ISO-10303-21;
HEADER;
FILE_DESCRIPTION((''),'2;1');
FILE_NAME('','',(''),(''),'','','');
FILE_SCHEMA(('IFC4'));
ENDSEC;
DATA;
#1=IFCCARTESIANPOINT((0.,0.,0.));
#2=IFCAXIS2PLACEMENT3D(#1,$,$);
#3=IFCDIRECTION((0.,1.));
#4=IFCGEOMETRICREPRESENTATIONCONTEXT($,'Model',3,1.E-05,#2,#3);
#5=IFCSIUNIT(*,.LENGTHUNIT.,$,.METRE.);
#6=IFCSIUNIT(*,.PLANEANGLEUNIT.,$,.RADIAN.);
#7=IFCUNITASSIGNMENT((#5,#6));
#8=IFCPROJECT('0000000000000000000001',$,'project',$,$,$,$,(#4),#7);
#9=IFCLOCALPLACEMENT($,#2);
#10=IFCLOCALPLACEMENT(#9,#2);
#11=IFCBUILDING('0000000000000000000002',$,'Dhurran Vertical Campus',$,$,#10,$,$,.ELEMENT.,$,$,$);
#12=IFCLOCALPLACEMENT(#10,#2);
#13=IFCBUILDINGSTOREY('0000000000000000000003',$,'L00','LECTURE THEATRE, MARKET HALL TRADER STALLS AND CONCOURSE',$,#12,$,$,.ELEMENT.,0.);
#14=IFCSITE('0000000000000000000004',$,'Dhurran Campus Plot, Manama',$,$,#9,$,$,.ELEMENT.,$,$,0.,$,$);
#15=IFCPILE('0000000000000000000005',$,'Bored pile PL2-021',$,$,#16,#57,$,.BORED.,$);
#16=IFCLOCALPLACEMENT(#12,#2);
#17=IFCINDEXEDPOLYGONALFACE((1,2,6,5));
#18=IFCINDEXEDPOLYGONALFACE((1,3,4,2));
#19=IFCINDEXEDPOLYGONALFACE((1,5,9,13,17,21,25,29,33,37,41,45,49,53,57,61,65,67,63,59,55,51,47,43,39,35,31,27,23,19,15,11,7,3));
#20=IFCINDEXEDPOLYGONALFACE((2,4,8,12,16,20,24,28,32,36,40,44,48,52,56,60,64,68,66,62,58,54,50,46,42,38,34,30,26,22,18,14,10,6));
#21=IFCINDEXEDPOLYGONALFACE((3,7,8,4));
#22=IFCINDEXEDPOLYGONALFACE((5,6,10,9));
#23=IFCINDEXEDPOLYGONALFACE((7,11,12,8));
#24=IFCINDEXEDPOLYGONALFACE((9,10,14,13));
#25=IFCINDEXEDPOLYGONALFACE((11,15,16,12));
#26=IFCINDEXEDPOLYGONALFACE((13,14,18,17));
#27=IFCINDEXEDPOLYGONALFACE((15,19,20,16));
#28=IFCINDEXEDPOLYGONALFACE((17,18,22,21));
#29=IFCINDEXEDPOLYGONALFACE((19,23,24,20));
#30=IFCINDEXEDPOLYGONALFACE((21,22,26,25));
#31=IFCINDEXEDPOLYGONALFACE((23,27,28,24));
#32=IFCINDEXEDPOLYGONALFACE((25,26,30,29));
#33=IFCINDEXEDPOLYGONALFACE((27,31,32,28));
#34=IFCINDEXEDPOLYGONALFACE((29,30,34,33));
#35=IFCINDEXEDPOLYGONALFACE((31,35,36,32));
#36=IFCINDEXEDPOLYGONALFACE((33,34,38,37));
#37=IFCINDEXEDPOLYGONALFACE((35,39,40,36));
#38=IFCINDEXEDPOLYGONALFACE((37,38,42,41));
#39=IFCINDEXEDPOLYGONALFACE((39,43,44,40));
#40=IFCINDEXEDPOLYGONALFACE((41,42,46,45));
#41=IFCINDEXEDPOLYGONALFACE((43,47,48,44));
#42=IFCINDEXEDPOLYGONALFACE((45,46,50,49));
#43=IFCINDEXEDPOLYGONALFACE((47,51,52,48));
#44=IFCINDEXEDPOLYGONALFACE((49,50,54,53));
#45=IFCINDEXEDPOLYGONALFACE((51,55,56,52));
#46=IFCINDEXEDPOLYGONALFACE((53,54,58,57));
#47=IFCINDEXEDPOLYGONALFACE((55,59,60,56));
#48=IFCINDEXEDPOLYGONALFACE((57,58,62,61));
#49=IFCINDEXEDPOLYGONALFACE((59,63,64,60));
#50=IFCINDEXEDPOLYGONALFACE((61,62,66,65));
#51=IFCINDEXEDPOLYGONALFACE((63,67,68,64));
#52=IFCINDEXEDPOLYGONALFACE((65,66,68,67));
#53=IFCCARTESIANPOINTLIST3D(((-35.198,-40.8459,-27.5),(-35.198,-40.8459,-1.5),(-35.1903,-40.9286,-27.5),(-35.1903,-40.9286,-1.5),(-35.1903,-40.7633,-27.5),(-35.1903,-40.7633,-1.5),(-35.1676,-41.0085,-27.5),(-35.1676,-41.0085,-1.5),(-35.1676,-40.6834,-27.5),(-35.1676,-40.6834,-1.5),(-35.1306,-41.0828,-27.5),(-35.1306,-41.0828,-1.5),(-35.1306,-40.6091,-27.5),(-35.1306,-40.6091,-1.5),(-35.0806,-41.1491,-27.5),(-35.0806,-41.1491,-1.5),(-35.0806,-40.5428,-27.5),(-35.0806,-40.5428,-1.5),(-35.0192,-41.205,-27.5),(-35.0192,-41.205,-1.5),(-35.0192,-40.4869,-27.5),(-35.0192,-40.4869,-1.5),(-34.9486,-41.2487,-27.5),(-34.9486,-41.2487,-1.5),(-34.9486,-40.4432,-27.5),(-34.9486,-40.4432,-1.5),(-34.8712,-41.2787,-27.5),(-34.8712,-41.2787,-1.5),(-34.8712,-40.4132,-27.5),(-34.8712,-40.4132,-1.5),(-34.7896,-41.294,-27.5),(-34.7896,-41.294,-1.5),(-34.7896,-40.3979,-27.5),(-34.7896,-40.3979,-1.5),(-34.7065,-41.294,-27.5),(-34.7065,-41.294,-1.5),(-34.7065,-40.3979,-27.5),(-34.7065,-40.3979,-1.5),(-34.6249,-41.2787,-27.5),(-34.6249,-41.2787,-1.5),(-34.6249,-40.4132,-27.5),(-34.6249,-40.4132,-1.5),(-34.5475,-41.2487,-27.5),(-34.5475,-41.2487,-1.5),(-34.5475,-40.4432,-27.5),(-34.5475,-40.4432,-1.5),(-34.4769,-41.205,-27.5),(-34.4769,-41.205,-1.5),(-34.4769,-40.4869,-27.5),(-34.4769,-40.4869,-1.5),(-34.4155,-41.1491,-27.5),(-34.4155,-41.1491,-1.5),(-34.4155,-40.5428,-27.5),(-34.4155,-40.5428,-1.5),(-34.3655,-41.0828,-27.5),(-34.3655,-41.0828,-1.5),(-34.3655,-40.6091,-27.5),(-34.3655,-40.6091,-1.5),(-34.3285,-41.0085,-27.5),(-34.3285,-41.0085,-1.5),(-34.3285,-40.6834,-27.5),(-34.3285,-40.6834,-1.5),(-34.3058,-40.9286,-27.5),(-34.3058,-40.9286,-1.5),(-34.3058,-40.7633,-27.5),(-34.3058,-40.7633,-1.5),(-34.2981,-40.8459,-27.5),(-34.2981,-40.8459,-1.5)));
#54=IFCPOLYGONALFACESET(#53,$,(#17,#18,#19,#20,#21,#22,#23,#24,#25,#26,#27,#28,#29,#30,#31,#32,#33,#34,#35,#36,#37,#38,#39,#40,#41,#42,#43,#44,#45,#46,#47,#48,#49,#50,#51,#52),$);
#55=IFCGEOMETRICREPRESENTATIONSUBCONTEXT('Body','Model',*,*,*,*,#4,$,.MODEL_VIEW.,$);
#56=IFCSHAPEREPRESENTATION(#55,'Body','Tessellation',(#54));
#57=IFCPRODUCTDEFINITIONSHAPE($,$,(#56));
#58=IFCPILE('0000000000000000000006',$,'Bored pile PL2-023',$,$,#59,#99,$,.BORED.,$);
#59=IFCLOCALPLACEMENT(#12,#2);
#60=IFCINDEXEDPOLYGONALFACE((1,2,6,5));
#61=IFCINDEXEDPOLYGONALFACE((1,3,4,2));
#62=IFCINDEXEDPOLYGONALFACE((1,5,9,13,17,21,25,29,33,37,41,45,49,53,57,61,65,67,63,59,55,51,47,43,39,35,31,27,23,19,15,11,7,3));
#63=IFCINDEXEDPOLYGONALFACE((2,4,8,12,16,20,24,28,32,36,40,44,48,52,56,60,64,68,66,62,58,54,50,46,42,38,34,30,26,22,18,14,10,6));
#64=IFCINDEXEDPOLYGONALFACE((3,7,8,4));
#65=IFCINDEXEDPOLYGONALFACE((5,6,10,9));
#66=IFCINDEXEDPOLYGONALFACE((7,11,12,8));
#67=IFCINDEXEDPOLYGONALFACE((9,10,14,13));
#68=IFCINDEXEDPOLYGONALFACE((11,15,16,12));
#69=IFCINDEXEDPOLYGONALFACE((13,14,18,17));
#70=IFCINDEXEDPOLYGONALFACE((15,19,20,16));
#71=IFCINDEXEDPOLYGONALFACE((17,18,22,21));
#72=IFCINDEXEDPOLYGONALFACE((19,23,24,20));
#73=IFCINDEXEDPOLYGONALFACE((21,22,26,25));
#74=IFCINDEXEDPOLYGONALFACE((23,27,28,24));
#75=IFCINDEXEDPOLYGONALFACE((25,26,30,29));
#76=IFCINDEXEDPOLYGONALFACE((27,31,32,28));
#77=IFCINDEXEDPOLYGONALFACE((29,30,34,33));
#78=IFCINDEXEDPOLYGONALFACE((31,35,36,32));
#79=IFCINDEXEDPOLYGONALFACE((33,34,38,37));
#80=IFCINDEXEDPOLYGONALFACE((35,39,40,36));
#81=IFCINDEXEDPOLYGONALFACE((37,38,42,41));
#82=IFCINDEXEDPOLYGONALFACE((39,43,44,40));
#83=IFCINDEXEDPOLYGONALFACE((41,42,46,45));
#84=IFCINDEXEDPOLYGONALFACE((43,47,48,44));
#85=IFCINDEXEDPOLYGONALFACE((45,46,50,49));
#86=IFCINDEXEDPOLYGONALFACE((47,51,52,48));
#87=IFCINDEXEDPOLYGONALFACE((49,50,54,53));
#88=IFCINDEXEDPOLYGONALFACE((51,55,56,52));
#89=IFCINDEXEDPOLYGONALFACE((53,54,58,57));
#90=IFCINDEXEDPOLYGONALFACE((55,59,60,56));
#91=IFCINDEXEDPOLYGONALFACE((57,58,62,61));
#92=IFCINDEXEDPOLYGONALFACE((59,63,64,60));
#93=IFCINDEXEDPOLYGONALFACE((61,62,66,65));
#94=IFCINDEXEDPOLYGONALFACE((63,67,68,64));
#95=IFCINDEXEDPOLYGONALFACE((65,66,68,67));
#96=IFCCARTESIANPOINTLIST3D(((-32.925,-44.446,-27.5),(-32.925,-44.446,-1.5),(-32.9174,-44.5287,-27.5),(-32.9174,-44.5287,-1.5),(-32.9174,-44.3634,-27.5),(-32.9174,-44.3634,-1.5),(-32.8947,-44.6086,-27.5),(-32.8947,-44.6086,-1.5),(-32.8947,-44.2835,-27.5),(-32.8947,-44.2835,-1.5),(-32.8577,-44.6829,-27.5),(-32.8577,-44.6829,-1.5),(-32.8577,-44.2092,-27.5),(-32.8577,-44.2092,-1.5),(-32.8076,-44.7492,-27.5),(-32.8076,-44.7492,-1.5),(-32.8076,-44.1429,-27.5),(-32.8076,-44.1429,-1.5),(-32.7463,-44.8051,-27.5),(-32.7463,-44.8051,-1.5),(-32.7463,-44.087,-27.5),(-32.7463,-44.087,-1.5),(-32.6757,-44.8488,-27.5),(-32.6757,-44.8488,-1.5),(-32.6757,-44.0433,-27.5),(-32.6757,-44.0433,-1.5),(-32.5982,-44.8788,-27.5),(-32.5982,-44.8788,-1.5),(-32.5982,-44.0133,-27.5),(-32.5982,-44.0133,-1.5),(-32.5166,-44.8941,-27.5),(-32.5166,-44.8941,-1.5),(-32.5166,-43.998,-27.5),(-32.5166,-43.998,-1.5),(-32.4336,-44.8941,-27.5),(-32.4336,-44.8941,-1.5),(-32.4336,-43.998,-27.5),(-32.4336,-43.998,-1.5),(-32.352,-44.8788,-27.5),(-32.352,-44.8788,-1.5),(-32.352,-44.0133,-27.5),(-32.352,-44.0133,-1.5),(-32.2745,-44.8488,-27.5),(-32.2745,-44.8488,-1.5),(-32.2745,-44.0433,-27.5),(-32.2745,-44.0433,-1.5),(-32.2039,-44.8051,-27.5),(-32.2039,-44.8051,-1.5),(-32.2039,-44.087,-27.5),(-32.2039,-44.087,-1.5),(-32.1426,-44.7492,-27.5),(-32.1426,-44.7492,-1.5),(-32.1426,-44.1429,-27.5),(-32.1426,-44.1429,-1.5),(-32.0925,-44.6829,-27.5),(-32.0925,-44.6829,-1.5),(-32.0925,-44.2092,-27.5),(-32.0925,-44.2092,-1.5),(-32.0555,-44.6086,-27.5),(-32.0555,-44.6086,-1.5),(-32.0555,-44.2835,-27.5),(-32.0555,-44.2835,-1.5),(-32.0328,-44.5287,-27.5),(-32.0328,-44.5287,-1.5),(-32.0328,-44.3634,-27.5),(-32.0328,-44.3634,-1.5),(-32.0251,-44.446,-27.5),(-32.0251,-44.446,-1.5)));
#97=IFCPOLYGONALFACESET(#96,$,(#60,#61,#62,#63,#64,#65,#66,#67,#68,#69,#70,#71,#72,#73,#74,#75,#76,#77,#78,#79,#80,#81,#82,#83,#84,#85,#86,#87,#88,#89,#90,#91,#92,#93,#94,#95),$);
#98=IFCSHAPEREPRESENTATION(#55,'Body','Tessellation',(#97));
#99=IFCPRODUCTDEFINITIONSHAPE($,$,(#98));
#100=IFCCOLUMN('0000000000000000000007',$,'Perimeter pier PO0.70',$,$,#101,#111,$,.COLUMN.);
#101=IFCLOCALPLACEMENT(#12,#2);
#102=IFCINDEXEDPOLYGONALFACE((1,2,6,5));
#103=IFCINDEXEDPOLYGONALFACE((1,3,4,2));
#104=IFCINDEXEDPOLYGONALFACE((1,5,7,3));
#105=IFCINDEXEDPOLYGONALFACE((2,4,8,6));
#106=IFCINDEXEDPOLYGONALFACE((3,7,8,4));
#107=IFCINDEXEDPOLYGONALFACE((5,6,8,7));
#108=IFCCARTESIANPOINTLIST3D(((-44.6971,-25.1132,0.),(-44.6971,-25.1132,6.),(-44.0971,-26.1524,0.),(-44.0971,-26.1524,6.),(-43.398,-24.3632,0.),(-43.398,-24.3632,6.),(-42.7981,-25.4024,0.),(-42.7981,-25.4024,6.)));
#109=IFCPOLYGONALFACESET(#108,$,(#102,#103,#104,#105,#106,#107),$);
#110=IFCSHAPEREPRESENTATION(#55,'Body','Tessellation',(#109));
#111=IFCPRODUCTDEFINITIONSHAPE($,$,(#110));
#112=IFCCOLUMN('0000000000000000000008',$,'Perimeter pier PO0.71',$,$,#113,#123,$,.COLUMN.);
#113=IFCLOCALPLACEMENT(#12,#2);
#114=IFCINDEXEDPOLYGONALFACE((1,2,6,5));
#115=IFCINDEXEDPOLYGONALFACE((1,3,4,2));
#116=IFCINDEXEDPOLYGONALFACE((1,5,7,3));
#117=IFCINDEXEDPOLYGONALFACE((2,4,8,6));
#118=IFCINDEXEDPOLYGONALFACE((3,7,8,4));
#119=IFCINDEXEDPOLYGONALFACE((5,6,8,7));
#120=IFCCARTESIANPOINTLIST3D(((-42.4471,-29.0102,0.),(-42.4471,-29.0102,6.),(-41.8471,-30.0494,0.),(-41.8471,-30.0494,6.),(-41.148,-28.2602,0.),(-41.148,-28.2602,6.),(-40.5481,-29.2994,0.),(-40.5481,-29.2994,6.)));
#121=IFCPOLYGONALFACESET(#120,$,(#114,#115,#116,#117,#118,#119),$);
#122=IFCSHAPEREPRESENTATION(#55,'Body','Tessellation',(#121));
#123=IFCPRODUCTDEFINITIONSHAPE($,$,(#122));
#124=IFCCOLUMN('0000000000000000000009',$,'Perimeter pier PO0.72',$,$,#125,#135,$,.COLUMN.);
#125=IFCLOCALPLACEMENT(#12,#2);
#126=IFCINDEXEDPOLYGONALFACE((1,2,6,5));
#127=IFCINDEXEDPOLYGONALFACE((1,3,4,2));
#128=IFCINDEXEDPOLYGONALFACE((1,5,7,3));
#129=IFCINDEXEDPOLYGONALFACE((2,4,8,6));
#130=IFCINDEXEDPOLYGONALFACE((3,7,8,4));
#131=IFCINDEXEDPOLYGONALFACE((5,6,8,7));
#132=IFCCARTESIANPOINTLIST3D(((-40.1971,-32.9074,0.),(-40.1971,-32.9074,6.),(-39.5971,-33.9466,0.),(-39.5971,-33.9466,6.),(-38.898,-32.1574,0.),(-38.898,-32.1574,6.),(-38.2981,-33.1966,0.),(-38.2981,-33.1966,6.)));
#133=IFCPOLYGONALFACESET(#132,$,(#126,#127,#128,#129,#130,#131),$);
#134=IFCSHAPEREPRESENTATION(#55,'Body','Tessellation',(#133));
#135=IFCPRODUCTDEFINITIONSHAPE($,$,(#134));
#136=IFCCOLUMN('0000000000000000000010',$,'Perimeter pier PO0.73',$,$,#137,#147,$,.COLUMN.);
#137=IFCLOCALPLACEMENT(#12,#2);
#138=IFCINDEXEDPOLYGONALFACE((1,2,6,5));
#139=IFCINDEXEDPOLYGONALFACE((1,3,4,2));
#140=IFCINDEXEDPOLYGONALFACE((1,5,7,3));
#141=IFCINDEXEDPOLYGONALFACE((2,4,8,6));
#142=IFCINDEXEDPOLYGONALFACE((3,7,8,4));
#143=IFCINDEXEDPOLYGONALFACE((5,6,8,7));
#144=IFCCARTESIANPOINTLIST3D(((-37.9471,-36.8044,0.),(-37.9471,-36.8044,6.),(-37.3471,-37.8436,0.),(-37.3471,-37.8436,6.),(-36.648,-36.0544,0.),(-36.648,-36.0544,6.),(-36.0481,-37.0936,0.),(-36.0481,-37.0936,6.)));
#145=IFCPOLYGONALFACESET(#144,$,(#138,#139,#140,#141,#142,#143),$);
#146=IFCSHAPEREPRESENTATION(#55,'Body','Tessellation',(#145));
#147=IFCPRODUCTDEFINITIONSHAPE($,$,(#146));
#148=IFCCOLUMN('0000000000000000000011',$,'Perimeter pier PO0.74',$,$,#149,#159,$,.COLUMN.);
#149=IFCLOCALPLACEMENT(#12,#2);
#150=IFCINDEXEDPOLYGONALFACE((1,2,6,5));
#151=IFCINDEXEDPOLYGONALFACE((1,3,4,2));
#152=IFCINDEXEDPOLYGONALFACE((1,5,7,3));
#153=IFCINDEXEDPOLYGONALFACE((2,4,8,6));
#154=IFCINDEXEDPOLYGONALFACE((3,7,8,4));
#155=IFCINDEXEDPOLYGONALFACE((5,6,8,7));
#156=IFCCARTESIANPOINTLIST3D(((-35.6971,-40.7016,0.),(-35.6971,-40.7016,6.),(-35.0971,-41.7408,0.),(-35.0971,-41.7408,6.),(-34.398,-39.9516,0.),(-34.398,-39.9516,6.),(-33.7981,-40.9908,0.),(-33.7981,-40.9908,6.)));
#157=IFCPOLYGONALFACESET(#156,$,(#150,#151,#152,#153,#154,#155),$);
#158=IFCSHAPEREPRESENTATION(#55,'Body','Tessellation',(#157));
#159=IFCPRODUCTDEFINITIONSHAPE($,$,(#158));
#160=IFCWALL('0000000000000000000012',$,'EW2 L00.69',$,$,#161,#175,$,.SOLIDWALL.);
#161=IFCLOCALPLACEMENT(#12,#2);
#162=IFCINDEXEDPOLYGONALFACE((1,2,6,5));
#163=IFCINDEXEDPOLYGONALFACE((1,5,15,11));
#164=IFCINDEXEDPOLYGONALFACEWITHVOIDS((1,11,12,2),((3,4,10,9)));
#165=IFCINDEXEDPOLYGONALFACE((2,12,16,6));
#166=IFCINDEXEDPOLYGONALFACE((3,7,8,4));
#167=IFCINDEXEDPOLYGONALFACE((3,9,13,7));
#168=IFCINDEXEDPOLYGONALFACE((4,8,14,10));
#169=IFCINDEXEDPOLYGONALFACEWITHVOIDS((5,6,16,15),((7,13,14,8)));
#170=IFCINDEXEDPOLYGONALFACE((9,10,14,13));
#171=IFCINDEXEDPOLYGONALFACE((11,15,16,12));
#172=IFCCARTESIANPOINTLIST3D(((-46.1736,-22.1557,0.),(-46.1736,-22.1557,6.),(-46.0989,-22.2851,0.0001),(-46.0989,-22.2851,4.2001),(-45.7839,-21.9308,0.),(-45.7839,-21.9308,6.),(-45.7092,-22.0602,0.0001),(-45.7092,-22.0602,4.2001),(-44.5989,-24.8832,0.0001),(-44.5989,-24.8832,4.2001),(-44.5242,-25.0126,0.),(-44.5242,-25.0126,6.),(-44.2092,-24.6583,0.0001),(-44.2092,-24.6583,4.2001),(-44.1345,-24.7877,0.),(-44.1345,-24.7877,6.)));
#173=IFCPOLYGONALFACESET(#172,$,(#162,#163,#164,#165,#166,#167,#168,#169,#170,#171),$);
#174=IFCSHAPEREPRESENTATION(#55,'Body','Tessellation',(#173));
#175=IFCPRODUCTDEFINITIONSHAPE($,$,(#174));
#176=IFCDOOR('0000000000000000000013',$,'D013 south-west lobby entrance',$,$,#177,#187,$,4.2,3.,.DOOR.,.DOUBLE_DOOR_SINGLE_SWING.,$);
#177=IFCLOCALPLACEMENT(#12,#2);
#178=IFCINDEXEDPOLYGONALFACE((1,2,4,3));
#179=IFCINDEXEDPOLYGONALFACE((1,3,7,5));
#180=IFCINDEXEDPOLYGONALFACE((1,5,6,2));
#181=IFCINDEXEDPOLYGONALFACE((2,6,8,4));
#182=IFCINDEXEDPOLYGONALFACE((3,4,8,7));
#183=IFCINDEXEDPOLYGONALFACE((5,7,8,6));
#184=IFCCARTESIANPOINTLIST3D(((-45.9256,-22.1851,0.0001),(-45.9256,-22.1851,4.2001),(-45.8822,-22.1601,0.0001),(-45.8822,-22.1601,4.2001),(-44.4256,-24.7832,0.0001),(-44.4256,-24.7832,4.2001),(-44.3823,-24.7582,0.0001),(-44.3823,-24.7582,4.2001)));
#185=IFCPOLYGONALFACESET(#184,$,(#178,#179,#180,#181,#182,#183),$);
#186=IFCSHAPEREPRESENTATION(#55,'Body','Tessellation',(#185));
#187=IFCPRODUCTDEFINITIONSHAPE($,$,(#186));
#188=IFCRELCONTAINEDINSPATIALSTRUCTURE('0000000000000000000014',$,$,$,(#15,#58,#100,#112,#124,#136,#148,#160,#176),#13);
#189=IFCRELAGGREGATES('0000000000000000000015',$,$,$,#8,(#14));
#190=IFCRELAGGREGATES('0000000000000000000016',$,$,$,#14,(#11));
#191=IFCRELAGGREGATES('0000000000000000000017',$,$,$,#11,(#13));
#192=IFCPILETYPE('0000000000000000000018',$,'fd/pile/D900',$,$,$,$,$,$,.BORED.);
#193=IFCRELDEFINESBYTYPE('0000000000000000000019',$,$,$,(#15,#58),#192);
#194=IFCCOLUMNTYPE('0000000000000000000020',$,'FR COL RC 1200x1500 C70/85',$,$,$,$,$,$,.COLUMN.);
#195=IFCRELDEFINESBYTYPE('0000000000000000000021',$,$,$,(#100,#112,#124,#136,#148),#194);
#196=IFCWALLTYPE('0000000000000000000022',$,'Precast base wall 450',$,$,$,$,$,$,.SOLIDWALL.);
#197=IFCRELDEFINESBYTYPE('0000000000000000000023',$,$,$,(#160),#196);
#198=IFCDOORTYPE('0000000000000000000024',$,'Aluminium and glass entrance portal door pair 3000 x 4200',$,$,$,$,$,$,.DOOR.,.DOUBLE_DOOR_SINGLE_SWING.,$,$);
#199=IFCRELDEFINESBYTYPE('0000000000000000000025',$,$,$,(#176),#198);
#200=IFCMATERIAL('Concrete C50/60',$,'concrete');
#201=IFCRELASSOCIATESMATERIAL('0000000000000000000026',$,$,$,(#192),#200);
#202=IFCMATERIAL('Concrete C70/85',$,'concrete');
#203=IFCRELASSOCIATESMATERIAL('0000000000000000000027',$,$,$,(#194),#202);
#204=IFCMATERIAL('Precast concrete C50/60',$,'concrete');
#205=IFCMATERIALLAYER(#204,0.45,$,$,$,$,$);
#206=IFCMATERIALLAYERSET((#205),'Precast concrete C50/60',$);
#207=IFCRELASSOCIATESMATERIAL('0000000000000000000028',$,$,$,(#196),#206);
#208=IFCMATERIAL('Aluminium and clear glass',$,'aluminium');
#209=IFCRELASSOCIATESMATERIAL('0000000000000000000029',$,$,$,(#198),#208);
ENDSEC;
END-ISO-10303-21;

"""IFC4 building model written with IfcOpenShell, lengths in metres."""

from ifc_helpers import new_model, si_unit, direction, frame, frame_2d, origin, origin_2d, place, context, subcontext, project, spatial, rectangle, circle, extrude, material, layer, layer_set, material_profile, profile_set, type_object, element, fill, save


model = new_model("IFC4")

# Units and contexts
model_context = context("Model", 3, precision=1e-05, world=origin(), true_north=direction((0.0, 1.0)))
body_context = subcontext(model_context, "Body", "Model", "MODEL_VIEW")
ifc_project = project(units=[si_unit("LENGTHUNIT", "METRE"), si_unit("PLANEANGLEUNIT", "RADIAN")], contexts=[model_context])

# Site, building, storey
site_placement = place(None, origin())
site = spatial("IfcSite", under=ifc_project, at=site_placement, Name="Dhurran Campus Plot, Manama", CompositionType="ELEMENT", RefElevation=0.0)
building_placement = place(site_placement, origin())
building = spatial("IfcBuilding", under=site, at=building_placement, Name="Dhurran Vertical Campus", CompositionType="ELEMENT")
storey_placement = place(building_placement, origin())
storey = spatial("IfcBuildingStorey", under=building, at=storey_placement, Name="L00", Description="LECTURE THEATRE, MARKET HALL TRADER STALLS AND CONCOURSE", CompositionType="ELEMENT", Elevation=0.0)

# Piles
ifc_material_1 = material(Name="Concrete C50/60", Category="concrete")
ifc_material_profile_1 = material_profile(ifc_material_1, circle(Radius=0.45, at=origin_2d()), Name="fd/pile/D900")
ifc_profile_set_1 = profile_set([ifc_material_profile_1], Name="Concrete C50/60")
pile_type = type_object("IfcPileType", Name="fd/pile/D900", PredefinedType="BORED", material=ifc_profile_set_1)
for number, where, z_axis, x_axis, name in (
    (1, (-34.748, -40.8459, -1.5), (0.0, 0.0, -1.0), (1.0, 0.0, 0.0), "Bored pile PL2-021"),
    (2, (-32.4751, -44.446, -1.5), (0.0, 0.0, -1.0), (1.0, 0.0, 0.0), "Bored pile PL2-023"),
):
    element("IfcPile", number, at=place(storey_placement, frame(where, z_axis=z_axis, x_axis=x_axis)), inside=storey, type_object=pile_type, Name=name, PredefinedType="BORED", context=body_context, shape_type="SweptSolid", body=[
        extrude(circle(Radius=0.45, at=origin_2d()), origin(), (0.0, 0.0, 1.0), 26.0),
    ])

# Columns
ifc_material_2 = material(Name="Concrete C70/85", Category="concrete")
ifc_material_profile_2 = material_profile(ifc_material_2, rectangle(XDim=1.2, YDim=1.5, at=origin_2d()), Name="RC 1200x1500")
ifc_profile_set_2 = profile_set([ifc_material_profile_2], Name="Concrete C70/85")
column_type = type_object("IfcColumnType", Name="FR COL RC 1200x1500 C70/85", PredefinedType="COLUMN", material=ifc_profile_set_2)
for number, where, z_axis, x_axis, name in (
    (3, (-43.7476, -25.2578, 0.0), (0.0, 0.0, 1.0), (0.5, -0.866025, 0.0), "Perimeter pier PO0.70"),
    (4, (-41.4976, -29.1548, 0.0), (0.0, 0.0, 1.0), (0.5, -0.866025, 0.0), "Perimeter pier PO0.71"),
    (5, (-39.2476, -33.052, 0.0), (0.0, 0.0, 1.0), (0.5, -0.866025, 0.0), "Perimeter pier PO0.72"),
    (6, (-36.9976, -36.949, 0.0), (0.0, 0.0, 1.0), (0.5, -0.866025, 0.0), "Perimeter pier PO0.73"),
    (7, (-34.7476, -40.8462, 0.0), (0.0, 0.0, 1.0), (0.5, -0.866025, 0.0), "Perimeter pier PO0.74"),
):
    element("IfcColumn", number, at=place(storey_placement, frame(where, z_axis=z_axis, x_axis=x_axis)), inside=storey, type_object=column_type, Name=name, PredefinedType="COLUMN", context=body_context, shape_type="SweptSolid", body=[
        extrude(rectangle(XDim=1.2, YDim=1.5, at=origin_2d()), origin(), (0.0, 0.0, 1.0), 6.0),
    ])

# Wall, opening, door
ifc_material_3 = material(Name="Precast concrete C50/60", Category="concrete")
ifc_layer_1 = layer(ifc_material_3, 0.45)
ifc_layer_set_1 = layer_set([ifc_layer_1], Name="Precast concrete C50/60")
wall_type_1 = type_object("IfcWallType", Name="Precast base wall 450", PredefinedType="SOLIDWALL", material=ifc_layer_set_1)
wall_1_placement = place(storey_placement, frame((-44.3293, -24.9001, 0.0), z_axis=(0.0, 0.0, 1.0), x_axis=(-0.499992, 0.86603, 0.0)))
wall_1 = element("IfcWall", 8, at=wall_1_placement, inside=storey, type_object=wall_type_1, Name="EW2 L00.69", PredefinedType="SOLIDWALL", context=body_context, shape_type="SweptSolid", body=[
    extrude(rectangle(XDim=3.2988, YDim=0.45, at=frame_2d((1.6494, 0.0))), origin(), (0.0, 0.0, 1.0), 6.0),
])
opening_1_placement = place(wall_1_placement, frame((0.1494, 0.0, 0.0)))
opening_1 = element("IfcOpeningElement", 9, at=opening_1_placement, cuts=wall_1, PredefinedType="OPENING", context=body_context, shape_type="SweptSolid", body=[
    extrude(rectangle(XDim=3.0, YDim=4.2, at=frame_2d((1.5, 2.1001))), frame((0.0, 0.2349, 0.0), z_axis=(0.0, -1.0, 0.0), x_axis=(1.0, 0.0, 0.0)), (0.0, 0.0, 1.0), 0.47),
])
ifc_material_4 = material(Name="Aluminium and clear glass", Category="aluminium")
door_type = type_object("IfcDoorType", Name="Aluminium and glass entrance portal door pair 3000 x 4200", OperationType="DOUBLE_DOOR_SINGLE_SWING", PredefinedType="DOOR", material=ifc_material_4)
door_placement = place(opening_1_placement, origin())
door = element("IfcDoor", 10, at=door_placement, inside=storey, type_object=door_type, Name="D013 south-west lobby entrance", OperationType="DOUBLE_DOOR_SINGLE_SWING", OverallHeight=4.2, OverallWidth=3.0, PredefinedType="DOOR", context=body_context, shape_type="SweptSolid", body=[
    extrude(rectangle(XDim=3.0, YDim=4.2, at=frame_2d((1.5, 2.1001))), frame((0.0, 0.0249, 0.0), z_axis=(0.0, -1.0, 0.0), x_axis=(1.0, 0.0, 0.0)), (0.0, 0.0, 1.0), 0.05),
])
fill(opening_1, door)

save(model, "model.ifc")
